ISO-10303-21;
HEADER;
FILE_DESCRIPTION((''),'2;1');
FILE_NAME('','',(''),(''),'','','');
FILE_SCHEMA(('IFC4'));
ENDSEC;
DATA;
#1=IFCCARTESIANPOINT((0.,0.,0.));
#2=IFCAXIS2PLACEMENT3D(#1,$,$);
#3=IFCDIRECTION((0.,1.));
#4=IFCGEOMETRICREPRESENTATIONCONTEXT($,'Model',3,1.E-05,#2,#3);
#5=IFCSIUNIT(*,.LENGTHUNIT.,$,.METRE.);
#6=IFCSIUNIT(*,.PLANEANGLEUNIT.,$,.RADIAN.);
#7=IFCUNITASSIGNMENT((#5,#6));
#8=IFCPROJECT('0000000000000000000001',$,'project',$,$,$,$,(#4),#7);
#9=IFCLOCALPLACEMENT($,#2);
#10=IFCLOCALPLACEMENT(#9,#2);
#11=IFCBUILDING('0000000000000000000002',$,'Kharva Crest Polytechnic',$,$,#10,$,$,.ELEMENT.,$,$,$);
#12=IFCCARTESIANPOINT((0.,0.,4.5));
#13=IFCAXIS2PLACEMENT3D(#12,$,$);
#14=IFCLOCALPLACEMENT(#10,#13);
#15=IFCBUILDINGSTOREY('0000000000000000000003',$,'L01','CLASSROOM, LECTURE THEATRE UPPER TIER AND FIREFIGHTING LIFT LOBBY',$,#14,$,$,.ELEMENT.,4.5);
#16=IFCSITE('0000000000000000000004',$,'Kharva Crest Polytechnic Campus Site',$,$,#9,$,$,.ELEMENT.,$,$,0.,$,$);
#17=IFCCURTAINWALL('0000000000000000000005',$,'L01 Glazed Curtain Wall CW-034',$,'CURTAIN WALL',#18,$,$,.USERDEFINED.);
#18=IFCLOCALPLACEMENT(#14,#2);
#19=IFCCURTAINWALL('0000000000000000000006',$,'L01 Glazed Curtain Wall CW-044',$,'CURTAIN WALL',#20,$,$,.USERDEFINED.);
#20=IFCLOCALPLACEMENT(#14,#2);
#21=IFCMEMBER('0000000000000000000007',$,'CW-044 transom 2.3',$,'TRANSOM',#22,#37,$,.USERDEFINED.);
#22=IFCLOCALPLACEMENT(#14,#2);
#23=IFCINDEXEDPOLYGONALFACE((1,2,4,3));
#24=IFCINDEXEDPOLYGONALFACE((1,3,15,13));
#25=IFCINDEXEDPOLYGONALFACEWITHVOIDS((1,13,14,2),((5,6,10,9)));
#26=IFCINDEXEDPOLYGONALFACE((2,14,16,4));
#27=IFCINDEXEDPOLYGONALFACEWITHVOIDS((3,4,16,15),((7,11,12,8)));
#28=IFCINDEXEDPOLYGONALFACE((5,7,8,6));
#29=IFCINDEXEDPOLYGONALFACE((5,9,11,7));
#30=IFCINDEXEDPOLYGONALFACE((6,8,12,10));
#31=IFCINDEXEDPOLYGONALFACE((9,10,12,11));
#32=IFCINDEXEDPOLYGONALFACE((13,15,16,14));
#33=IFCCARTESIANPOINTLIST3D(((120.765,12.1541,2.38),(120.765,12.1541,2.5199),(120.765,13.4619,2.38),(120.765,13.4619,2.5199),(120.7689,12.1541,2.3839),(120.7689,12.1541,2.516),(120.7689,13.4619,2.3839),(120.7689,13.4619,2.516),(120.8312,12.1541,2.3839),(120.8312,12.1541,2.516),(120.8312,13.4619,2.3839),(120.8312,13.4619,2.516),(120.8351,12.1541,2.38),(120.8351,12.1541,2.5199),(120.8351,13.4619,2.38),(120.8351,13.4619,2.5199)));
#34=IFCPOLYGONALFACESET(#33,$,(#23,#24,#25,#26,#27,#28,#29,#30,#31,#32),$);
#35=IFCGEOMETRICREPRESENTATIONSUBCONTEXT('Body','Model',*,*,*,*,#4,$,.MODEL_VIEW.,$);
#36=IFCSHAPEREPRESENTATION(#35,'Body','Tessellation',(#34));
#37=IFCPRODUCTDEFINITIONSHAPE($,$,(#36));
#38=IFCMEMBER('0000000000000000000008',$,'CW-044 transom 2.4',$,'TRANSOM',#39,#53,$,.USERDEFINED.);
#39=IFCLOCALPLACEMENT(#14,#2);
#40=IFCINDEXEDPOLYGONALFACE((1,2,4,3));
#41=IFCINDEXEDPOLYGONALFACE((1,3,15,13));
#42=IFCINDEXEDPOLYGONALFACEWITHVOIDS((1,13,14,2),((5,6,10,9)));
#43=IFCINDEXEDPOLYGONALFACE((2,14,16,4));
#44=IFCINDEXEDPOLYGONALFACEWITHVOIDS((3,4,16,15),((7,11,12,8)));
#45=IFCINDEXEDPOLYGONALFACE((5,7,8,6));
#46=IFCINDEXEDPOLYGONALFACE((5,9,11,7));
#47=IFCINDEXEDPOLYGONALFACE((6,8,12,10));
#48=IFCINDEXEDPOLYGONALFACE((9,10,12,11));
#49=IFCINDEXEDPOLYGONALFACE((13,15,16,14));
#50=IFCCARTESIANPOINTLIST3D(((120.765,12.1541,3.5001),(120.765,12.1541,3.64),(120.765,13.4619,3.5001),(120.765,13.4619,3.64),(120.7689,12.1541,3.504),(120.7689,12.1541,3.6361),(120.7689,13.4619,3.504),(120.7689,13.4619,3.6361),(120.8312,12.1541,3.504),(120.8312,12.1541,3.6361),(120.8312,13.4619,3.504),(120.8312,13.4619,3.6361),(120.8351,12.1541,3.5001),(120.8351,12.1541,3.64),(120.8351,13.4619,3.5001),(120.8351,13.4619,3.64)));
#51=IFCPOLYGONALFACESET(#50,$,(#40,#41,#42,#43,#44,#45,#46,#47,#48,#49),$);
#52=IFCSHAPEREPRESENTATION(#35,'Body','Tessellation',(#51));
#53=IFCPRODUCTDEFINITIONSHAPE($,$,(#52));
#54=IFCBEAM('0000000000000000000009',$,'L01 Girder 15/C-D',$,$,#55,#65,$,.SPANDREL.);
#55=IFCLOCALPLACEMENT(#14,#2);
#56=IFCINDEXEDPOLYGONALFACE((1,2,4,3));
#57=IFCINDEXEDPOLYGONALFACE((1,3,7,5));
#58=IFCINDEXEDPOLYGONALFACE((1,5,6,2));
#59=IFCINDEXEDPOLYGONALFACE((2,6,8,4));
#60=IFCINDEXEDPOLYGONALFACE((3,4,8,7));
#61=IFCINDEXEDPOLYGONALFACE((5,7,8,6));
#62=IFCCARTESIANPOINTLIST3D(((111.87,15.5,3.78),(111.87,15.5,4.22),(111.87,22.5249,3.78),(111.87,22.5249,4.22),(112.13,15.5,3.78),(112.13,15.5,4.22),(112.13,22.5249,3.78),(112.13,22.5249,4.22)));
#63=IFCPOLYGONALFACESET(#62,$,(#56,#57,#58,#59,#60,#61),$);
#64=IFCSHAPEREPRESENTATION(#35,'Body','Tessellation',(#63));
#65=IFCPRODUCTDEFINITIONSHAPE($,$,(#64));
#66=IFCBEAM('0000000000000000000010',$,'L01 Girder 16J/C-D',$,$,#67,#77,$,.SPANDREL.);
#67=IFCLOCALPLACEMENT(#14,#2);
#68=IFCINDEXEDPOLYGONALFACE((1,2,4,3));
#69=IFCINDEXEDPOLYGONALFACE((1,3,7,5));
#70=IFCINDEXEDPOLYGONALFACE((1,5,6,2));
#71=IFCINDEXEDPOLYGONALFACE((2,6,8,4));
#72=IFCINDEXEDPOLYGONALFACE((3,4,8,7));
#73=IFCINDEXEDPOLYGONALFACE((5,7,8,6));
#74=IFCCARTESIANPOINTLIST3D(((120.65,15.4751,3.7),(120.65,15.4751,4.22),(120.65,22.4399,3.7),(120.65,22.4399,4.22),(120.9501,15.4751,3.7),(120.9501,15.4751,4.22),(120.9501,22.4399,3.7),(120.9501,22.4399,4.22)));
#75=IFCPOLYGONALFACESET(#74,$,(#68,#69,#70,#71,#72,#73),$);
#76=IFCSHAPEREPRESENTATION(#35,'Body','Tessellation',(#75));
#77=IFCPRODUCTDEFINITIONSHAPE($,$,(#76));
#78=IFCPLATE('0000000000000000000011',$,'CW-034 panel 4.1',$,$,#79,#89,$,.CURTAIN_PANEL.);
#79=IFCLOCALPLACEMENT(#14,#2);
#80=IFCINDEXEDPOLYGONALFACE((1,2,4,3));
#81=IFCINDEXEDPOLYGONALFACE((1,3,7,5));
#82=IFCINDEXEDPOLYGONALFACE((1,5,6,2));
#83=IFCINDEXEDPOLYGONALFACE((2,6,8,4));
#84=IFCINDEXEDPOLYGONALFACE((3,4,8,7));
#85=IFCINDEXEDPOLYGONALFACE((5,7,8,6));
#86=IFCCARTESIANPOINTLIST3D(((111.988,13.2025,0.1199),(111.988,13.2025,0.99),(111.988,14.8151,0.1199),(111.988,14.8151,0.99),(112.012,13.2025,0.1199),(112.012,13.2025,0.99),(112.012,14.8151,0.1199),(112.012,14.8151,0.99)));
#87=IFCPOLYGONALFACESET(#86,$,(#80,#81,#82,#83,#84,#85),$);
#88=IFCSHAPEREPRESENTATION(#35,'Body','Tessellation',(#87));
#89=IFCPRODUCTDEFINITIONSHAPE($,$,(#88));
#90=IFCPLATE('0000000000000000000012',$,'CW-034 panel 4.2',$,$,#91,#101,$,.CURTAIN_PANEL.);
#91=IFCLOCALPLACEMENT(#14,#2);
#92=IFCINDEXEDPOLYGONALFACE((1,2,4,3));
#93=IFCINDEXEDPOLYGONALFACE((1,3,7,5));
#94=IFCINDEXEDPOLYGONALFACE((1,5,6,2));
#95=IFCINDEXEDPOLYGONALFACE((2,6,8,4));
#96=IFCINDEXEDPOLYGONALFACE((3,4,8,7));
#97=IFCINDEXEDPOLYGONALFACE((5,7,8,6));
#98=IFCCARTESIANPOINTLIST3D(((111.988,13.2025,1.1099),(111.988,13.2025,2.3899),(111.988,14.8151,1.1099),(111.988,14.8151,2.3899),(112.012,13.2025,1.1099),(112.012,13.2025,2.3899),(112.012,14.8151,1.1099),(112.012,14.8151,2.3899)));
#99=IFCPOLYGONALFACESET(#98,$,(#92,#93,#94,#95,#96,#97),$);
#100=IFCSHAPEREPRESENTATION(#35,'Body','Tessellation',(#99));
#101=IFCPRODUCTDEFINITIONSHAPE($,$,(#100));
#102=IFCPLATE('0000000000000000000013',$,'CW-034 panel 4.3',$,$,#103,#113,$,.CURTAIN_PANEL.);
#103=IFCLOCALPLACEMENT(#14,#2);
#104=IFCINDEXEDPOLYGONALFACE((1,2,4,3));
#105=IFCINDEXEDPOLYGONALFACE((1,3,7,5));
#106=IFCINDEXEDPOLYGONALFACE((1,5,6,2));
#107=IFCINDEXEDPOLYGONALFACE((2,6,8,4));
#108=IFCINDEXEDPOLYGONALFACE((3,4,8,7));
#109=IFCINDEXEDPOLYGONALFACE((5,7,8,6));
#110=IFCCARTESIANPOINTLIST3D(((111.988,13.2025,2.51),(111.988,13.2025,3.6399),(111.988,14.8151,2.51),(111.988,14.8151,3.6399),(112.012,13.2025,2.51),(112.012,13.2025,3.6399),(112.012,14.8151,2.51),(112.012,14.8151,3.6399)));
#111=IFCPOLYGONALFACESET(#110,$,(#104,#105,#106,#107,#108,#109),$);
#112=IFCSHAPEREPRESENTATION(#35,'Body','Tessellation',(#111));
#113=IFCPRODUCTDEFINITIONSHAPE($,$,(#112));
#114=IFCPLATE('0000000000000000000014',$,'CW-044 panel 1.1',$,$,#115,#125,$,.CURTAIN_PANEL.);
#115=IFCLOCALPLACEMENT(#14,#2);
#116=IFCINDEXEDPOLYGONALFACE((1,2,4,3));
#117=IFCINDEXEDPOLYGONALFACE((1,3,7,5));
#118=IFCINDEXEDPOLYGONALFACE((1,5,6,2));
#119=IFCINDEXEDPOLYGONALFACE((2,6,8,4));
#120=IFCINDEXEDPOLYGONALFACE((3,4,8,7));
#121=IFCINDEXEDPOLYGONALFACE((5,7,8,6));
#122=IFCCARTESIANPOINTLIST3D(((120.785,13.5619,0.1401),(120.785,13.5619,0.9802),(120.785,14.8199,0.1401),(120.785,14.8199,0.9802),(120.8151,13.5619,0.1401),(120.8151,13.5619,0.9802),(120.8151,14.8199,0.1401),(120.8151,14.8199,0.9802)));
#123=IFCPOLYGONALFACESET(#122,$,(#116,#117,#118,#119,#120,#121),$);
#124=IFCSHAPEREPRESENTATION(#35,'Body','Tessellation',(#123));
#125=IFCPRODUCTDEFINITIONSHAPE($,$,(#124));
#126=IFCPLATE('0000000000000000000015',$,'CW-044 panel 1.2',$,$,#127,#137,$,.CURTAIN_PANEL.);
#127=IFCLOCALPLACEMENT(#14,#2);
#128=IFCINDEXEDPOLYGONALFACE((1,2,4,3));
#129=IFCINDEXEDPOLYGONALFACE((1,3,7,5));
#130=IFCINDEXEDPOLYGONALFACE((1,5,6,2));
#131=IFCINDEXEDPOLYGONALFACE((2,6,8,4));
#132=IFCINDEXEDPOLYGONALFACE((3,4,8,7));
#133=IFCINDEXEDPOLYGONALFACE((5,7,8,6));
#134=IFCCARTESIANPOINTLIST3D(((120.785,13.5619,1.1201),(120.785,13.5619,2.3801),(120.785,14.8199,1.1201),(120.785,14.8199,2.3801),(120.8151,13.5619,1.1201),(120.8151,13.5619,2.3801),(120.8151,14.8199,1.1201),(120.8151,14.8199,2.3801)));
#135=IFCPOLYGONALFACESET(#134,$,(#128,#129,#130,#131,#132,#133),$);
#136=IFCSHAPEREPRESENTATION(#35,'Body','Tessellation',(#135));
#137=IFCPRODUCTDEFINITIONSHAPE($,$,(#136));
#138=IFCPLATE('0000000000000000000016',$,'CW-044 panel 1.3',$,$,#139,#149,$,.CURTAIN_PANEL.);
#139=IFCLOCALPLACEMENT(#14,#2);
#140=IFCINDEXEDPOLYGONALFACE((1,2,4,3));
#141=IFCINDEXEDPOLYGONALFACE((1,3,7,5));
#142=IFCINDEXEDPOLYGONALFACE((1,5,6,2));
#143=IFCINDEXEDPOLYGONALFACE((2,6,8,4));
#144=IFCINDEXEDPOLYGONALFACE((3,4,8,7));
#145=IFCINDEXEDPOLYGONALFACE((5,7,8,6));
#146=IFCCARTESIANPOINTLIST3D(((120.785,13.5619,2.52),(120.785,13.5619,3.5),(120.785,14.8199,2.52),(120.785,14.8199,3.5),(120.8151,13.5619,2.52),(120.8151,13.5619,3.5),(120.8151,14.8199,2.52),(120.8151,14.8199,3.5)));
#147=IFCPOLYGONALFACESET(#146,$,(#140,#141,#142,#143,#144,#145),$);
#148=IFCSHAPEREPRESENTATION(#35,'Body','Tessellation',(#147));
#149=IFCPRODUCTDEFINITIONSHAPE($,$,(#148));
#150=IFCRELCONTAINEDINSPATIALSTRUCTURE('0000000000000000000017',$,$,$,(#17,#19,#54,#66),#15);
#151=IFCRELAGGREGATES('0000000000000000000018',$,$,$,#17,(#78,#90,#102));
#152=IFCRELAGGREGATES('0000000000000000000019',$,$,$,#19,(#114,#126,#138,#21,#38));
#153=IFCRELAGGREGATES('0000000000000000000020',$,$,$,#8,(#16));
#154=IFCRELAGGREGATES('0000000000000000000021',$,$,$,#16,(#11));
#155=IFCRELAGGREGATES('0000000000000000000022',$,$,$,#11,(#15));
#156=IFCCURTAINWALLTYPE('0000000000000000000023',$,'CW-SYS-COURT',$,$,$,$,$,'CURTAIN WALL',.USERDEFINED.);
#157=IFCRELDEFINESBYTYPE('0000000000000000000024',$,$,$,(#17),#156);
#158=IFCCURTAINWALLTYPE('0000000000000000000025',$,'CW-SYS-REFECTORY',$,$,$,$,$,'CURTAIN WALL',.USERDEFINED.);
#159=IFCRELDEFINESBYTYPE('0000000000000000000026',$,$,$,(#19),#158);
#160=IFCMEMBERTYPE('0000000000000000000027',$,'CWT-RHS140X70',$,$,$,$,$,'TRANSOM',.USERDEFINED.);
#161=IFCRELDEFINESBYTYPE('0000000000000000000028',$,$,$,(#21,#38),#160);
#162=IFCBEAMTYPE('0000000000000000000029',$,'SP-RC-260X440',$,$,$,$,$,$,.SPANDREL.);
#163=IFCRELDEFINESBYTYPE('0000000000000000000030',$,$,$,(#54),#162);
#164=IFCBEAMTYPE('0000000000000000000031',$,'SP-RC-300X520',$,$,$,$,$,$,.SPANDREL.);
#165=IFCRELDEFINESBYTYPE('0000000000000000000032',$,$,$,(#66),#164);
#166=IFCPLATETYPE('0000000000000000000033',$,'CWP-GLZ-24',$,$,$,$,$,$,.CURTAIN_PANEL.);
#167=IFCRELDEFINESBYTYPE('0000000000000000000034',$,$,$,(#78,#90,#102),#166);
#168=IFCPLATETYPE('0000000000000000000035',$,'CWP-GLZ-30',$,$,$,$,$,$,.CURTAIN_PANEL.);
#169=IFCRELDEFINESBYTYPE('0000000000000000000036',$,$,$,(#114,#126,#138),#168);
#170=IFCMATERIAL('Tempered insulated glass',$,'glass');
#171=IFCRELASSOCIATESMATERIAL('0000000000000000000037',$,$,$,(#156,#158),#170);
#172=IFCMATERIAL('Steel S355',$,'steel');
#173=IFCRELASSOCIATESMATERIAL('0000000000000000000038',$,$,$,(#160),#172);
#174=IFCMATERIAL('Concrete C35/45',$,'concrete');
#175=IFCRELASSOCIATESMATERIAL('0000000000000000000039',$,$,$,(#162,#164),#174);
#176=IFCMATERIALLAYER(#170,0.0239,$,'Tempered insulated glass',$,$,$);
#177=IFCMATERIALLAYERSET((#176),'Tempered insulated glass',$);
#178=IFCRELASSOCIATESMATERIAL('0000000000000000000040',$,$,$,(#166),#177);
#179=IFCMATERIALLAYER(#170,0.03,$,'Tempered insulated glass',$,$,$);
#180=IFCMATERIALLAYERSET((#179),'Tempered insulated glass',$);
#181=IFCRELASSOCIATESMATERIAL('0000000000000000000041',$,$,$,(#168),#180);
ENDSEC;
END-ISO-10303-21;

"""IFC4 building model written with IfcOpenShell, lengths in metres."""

from ifc_helpers import new_model, si_unit, direction, frame, origin, origin_2d, place, context, subcontext, project, spatial, rectangle, hollow_rectangle, extrude, material, layer, layer_set, material_profile, profile_set, type_object, element, aggregate, save


model = new_model("IFC4")

# Units and contexts
model_context = context("Model", 3, precision=1e-05, world=origin(), true_north=direction((0.0, 1.0)))
body_context = subcontext(model_context, "Body", "Model", "MODEL_VIEW")
ifc_project = project(units=[si_unit("LENGTHUNIT", "METRE"), si_unit("PLANEANGLEUNIT", "RADIAN")], contexts=[model_context])

# Site, building, storey
site_placement = place(None, origin())
site = spatial("IfcSite", under=ifc_project, at=site_placement, Name="Kharva Crest Polytechnic Campus Site", CompositionType="ELEMENT", RefElevation=0.0)
building_placement = place(site_placement, origin())
building = spatial("IfcBuilding", under=site, at=building_placement, Name="Kharva Crest Polytechnic", CompositionType="ELEMENT")
storey_placement = place(building_placement, frame((0.0, 0.0, 4.5)))
storey = spatial("IfcBuildingStorey", under=building, at=storey_placement, Name="L01", Description="CLASSROOM, LECTURE THEATRE UPPER TIER AND FIREFIGHTING LIFT LOBBY", CompositionType="ELEMENT", Elevation=4.5)

# Shared definitions
ifc_material_1 = material(Name="Concrete C35/45", Category="concrete")

# Curtain wall
ifc_material_2 = material(Name="Tempered insulated glass", Category="glass")
curtain_wall_type_1 = type_object("IfcCurtainWallType", Name="CW-SYS-COURT", ElementType="CURTAIN WALL", PredefinedType="USERDEFINED", material=ifc_material_2)
curtain_wall_1_placement = place(storey_placement, origin())
curtain_wall_1 = element("IfcCurtainWall", 1, at=curtain_wall_1_placement, inside=storey, type_object=curtain_wall_type_1, Name="L01 Glazed Curtain Wall CW-034", ObjectType="CURTAIN WALL", PredefinedType="USERDEFINED")
ifc_material_3 = material(Name="Steel S355", Category="steel")

# Curtain wall, members
curtain_wall_type_2 = type_object("IfcCurtainWallType", Name="CW-SYS-REFECTORY", ElementType="CURTAIN WALL", PredefinedType="USERDEFINED", material=ifc_material_2)
curtain_wall_2_placement = place(storey_placement, origin())
curtain_wall_2 = element("IfcCurtainWall", 2, at=curtain_wall_2_placement, inside=storey, type_object=curtain_wall_type_2, Name="L01 Glazed Curtain Wall CW-044", ObjectType="CURTAIN WALL", PredefinedType="USERDEFINED")
ifc_material_profile_1 = material_profile(ifc_material_3, hollow_rectangle(XDim=0.0701, YDim=0.1399, WallThickness=0.0039, at=origin_2d()), Name="RHS 140X70X4.0")
ifc_profile_set_1 = profile_set([ifc_material_profile_1], Name="Steel S355")
member_type_1 = type_object("IfcMemberType", Name="CWT-RHS140X70", ElementType="TRANSOM", PredefinedType="USERDEFINED", material=ifc_profile_set_1)
member_1_placement = place(storey_placement, frame((120.8, 13.4619, 2.45), z_axis=(0.0, -1.0, 0.0), x_axis=(1.0, 0.0, 0.0)))
member_1 = element("IfcMember", 3, at=member_1_placement, type_object=member_type_1, Name="CW-044 transom 2.3", ObjectType="TRANSOM", PredefinedType="USERDEFINED", context=body_context, shape_type="SweptSolid", body=[
    extrude(hollow_rectangle(XDim=0.0701, YDim=0.1399, WallThickness=0.0039, at=origin_2d()), origin(), (0.0, 0.0, 1.0), 1.3079),
])
member_2_placement = place(storey_placement, frame((120.8, 13.4619, 3.5701), z_axis=(0.0, -1.0, 0.0), x_axis=(1.0, 0.0, 0.0)))
member_2 = element("IfcMember", 4, at=member_2_placement, type_object=member_type_1, Name="CW-044 transom 2.4", ObjectType="TRANSOM", PredefinedType="USERDEFINED", context=body_context, shape_type="SweptSolid", body=[
    extrude(hollow_rectangle(XDim=0.0701, YDim=0.1399, WallThickness=0.0039, at=origin_2d()), origin(), (0.0, 0.0, 1.0), 1.3079),
])

# Beams
ifc_material_profile_2 = material_profile(ifc_material_1, rectangle(XDim=0.26, YDim=0.4399, at=origin_2d()), Name="RECT 260 X 440")
ifc_profile_set_2 = profile_set([ifc_material_profile_2], Name="Concrete C35/45")
beam_type_1 = type_object("IfcBeamType", Name="SP-RC-260X440", PredefinedType="SPANDREL", material=ifc_profile_set_2)
beam_1_placement = place(storey_placement, frame((112.0, 15.5, 4.0), z_axis=(0.0, 1.0, 0.0), x_axis=(-1.0, 0.0, 0.0)))
element("IfcBeam", 5, at=beam_1_placement, inside=storey, type_object=beam_type_1, Name="L01 Girder 15/C-D", PredefinedType="SPANDREL", context=body_context, shape_type="SweptSolid", body=[
    extrude(rectangle(XDim=0.26, YDim=0.4399, at=origin_2d()), origin(), (0.0, 0.0, 1.0), 7.0249),
])
ifc_material_profile_3 = material_profile(ifc_material_1, rectangle(XDim=0.3, YDim=0.52, at=origin_2d()), Name="RECT 300 X 520")
ifc_profile_set_3 = profile_set([ifc_material_profile_3], Name="Concrete C35/45")
beam_type_2 = type_object("IfcBeamType", Name="SP-RC-300X520", PredefinedType="SPANDREL", material=ifc_profile_set_3)
beam_2_placement = place(storey_placement, frame((120.8, 15.4751, 3.96), z_axis=(0.0, 1.0, 0.0), x_axis=(-1.0, 0.0, 0.0)))
element("IfcBeam", 6, at=beam_2_placement, inside=storey, type_object=beam_type_2, Name="L01 Girder 16J/C-D", PredefinedType="SPANDREL", context=body_context, shape_type="SweptSolid", body=[
    extrude(rectangle(XDim=0.3, YDim=0.52, at=origin_2d()), origin(), (0.0, 0.0, 1.0), 6.9648),
])

# Plates
ifc_layer_1 = layer(ifc_material_2, 0.0239, Name="Tempered insulated glass")
ifc_layer_set_1 = layer_set([ifc_layer_1], Name="Tempered insulated glass")
plate_type_1 = type_object("IfcPlateType", Name="CWP-GLZ-24", PredefinedType="CURTAIN_PANEL", material=ifc_layer_set_1)
plate_1_placement = place(storey_placement, frame((112.0, 14.0088, 0.1199), z_axis=(0.0, 0.0, 1.0), x_axis=(0.0, 1.0, 0.0)))
plate_1 = element("IfcPlate", 7, at=plate_1_placement, type_object=plate_type_1, Name="CW-034 panel 4.1", PredefinedType="CURTAIN_PANEL", context=body_context, shape_type="SweptSolid", body=[
    extrude(rectangle(XDim=1.6125, YDim=0.0239, at=origin_2d()), origin(), (0.0, 0.0, 1.0), 0.8701),
])
plate_2_placement = place(storey_placement, frame((112.0, 14.0088, 1.1099), z_axis=(0.0, 0.0, 1.0), x_axis=(0.0, 1.0, 0.0)))
plate_2 = element("IfcPlate", 8, at=plate_2_placement, type_object=plate_type_1, Name="CW-034 panel 4.2", PredefinedType="CURTAIN_PANEL", context=body_context, shape_type="SweptSolid", body=[
    extrude(rectangle(XDim=1.6125, YDim=0.0239, at=origin_2d()), origin(), (0.0, 0.0, 1.0), 1.28),
])
plate_3_placement = place(storey_placement, frame((112.0, 14.0088, 2.51), z_axis=(0.0, 0.0, 1.0), x_axis=(0.0, 1.0, 0.0)))
plate_3 = element("IfcPlate", 9, at=plate_3_placement, type_object=plate_type_1, Name="CW-034 panel 4.3", PredefinedType="CURTAIN_PANEL", context=body_context, shape_type="SweptSolid", body=[
    extrude(rectangle(XDim=1.6125, YDim=0.0239, at=origin_2d()), origin(), (0.0, 0.0, 1.0), 1.1299),
])
aggregate(curtain_wall_1, [plate_1, plate_2, plate_3])
ifc_layer_2 = layer(ifc_material_2, 0.03, Name="Tempered insulated glass")
ifc_layer_set_2 = layer_set([ifc_layer_2], Name="Tempered insulated glass")
plate_type_2 = type_object("IfcPlateType", Name="CWP-GLZ-30", PredefinedType="CURTAIN_PANEL", material=ifc_layer_set_2)
plate_4_placement = place(storey_placement, frame((120.8, 14.1909, 0.1401), z_axis=(0.0, 0.0, 1.0), x_axis=(0.0, -1.0, 0.0)))
plate_4 = element("IfcPlate", 10, at=plate_4_placement, type_object=plate_type_2, Name="CW-044 panel 1.1", PredefinedType="CURTAIN_PANEL", context=body_context, shape_type="SweptSolid", body=[
    extrude(rectangle(XDim=1.2581, YDim=0.03, at=origin_2d()), origin(), (0.0, 0.0, 1.0), 0.8401),
])
plate_5_placement = place(storey_placement, frame((120.8, 14.1909, 1.1201), z_axis=(0.0, 0.0, 1.0), x_axis=(0.0, -1.0, 0.0)))
plate_5 = element("IfcPlate", 11, at=plate_5_placement, type_object=plate_type_2, Name="CW-044 panel 1.2", PredefinedType="CURTAIN_PANEL", context=body_context, shape_type="SweptSolid", body=[
    extrude(rectangle(XDim=1.2581, YDim=0.03, at=origin_2d()), origin(), (0.0, 0.0, 1.0), 1.26),
])
plate_6_placement = place(storey_placement, frame((120.8, 14.1909, 2.52), z_axis=(0.0, 0.0, 1.0), x_axis=(0.0, -1.0, 0.0)))
plate_6 = element("IfcPlate", 12, at=plate_6_placement, type_object=plate_type_2, Name="CW-044 panel 1.3", PredefinedType="CURTAIN_PANEL", context=body_context, shape_type="SweptSolid", body=[
    extrude(rectangle(XDim=1.2581, YDim=0.03, at=origin_2d()), origin(), (0.0, 0.0, 1.0), 0.98),
])
aggregate(curtain_wall_2, [plate_4, plate_5, plate_6, member_1, member_2])

save(model, "model.ifc")
